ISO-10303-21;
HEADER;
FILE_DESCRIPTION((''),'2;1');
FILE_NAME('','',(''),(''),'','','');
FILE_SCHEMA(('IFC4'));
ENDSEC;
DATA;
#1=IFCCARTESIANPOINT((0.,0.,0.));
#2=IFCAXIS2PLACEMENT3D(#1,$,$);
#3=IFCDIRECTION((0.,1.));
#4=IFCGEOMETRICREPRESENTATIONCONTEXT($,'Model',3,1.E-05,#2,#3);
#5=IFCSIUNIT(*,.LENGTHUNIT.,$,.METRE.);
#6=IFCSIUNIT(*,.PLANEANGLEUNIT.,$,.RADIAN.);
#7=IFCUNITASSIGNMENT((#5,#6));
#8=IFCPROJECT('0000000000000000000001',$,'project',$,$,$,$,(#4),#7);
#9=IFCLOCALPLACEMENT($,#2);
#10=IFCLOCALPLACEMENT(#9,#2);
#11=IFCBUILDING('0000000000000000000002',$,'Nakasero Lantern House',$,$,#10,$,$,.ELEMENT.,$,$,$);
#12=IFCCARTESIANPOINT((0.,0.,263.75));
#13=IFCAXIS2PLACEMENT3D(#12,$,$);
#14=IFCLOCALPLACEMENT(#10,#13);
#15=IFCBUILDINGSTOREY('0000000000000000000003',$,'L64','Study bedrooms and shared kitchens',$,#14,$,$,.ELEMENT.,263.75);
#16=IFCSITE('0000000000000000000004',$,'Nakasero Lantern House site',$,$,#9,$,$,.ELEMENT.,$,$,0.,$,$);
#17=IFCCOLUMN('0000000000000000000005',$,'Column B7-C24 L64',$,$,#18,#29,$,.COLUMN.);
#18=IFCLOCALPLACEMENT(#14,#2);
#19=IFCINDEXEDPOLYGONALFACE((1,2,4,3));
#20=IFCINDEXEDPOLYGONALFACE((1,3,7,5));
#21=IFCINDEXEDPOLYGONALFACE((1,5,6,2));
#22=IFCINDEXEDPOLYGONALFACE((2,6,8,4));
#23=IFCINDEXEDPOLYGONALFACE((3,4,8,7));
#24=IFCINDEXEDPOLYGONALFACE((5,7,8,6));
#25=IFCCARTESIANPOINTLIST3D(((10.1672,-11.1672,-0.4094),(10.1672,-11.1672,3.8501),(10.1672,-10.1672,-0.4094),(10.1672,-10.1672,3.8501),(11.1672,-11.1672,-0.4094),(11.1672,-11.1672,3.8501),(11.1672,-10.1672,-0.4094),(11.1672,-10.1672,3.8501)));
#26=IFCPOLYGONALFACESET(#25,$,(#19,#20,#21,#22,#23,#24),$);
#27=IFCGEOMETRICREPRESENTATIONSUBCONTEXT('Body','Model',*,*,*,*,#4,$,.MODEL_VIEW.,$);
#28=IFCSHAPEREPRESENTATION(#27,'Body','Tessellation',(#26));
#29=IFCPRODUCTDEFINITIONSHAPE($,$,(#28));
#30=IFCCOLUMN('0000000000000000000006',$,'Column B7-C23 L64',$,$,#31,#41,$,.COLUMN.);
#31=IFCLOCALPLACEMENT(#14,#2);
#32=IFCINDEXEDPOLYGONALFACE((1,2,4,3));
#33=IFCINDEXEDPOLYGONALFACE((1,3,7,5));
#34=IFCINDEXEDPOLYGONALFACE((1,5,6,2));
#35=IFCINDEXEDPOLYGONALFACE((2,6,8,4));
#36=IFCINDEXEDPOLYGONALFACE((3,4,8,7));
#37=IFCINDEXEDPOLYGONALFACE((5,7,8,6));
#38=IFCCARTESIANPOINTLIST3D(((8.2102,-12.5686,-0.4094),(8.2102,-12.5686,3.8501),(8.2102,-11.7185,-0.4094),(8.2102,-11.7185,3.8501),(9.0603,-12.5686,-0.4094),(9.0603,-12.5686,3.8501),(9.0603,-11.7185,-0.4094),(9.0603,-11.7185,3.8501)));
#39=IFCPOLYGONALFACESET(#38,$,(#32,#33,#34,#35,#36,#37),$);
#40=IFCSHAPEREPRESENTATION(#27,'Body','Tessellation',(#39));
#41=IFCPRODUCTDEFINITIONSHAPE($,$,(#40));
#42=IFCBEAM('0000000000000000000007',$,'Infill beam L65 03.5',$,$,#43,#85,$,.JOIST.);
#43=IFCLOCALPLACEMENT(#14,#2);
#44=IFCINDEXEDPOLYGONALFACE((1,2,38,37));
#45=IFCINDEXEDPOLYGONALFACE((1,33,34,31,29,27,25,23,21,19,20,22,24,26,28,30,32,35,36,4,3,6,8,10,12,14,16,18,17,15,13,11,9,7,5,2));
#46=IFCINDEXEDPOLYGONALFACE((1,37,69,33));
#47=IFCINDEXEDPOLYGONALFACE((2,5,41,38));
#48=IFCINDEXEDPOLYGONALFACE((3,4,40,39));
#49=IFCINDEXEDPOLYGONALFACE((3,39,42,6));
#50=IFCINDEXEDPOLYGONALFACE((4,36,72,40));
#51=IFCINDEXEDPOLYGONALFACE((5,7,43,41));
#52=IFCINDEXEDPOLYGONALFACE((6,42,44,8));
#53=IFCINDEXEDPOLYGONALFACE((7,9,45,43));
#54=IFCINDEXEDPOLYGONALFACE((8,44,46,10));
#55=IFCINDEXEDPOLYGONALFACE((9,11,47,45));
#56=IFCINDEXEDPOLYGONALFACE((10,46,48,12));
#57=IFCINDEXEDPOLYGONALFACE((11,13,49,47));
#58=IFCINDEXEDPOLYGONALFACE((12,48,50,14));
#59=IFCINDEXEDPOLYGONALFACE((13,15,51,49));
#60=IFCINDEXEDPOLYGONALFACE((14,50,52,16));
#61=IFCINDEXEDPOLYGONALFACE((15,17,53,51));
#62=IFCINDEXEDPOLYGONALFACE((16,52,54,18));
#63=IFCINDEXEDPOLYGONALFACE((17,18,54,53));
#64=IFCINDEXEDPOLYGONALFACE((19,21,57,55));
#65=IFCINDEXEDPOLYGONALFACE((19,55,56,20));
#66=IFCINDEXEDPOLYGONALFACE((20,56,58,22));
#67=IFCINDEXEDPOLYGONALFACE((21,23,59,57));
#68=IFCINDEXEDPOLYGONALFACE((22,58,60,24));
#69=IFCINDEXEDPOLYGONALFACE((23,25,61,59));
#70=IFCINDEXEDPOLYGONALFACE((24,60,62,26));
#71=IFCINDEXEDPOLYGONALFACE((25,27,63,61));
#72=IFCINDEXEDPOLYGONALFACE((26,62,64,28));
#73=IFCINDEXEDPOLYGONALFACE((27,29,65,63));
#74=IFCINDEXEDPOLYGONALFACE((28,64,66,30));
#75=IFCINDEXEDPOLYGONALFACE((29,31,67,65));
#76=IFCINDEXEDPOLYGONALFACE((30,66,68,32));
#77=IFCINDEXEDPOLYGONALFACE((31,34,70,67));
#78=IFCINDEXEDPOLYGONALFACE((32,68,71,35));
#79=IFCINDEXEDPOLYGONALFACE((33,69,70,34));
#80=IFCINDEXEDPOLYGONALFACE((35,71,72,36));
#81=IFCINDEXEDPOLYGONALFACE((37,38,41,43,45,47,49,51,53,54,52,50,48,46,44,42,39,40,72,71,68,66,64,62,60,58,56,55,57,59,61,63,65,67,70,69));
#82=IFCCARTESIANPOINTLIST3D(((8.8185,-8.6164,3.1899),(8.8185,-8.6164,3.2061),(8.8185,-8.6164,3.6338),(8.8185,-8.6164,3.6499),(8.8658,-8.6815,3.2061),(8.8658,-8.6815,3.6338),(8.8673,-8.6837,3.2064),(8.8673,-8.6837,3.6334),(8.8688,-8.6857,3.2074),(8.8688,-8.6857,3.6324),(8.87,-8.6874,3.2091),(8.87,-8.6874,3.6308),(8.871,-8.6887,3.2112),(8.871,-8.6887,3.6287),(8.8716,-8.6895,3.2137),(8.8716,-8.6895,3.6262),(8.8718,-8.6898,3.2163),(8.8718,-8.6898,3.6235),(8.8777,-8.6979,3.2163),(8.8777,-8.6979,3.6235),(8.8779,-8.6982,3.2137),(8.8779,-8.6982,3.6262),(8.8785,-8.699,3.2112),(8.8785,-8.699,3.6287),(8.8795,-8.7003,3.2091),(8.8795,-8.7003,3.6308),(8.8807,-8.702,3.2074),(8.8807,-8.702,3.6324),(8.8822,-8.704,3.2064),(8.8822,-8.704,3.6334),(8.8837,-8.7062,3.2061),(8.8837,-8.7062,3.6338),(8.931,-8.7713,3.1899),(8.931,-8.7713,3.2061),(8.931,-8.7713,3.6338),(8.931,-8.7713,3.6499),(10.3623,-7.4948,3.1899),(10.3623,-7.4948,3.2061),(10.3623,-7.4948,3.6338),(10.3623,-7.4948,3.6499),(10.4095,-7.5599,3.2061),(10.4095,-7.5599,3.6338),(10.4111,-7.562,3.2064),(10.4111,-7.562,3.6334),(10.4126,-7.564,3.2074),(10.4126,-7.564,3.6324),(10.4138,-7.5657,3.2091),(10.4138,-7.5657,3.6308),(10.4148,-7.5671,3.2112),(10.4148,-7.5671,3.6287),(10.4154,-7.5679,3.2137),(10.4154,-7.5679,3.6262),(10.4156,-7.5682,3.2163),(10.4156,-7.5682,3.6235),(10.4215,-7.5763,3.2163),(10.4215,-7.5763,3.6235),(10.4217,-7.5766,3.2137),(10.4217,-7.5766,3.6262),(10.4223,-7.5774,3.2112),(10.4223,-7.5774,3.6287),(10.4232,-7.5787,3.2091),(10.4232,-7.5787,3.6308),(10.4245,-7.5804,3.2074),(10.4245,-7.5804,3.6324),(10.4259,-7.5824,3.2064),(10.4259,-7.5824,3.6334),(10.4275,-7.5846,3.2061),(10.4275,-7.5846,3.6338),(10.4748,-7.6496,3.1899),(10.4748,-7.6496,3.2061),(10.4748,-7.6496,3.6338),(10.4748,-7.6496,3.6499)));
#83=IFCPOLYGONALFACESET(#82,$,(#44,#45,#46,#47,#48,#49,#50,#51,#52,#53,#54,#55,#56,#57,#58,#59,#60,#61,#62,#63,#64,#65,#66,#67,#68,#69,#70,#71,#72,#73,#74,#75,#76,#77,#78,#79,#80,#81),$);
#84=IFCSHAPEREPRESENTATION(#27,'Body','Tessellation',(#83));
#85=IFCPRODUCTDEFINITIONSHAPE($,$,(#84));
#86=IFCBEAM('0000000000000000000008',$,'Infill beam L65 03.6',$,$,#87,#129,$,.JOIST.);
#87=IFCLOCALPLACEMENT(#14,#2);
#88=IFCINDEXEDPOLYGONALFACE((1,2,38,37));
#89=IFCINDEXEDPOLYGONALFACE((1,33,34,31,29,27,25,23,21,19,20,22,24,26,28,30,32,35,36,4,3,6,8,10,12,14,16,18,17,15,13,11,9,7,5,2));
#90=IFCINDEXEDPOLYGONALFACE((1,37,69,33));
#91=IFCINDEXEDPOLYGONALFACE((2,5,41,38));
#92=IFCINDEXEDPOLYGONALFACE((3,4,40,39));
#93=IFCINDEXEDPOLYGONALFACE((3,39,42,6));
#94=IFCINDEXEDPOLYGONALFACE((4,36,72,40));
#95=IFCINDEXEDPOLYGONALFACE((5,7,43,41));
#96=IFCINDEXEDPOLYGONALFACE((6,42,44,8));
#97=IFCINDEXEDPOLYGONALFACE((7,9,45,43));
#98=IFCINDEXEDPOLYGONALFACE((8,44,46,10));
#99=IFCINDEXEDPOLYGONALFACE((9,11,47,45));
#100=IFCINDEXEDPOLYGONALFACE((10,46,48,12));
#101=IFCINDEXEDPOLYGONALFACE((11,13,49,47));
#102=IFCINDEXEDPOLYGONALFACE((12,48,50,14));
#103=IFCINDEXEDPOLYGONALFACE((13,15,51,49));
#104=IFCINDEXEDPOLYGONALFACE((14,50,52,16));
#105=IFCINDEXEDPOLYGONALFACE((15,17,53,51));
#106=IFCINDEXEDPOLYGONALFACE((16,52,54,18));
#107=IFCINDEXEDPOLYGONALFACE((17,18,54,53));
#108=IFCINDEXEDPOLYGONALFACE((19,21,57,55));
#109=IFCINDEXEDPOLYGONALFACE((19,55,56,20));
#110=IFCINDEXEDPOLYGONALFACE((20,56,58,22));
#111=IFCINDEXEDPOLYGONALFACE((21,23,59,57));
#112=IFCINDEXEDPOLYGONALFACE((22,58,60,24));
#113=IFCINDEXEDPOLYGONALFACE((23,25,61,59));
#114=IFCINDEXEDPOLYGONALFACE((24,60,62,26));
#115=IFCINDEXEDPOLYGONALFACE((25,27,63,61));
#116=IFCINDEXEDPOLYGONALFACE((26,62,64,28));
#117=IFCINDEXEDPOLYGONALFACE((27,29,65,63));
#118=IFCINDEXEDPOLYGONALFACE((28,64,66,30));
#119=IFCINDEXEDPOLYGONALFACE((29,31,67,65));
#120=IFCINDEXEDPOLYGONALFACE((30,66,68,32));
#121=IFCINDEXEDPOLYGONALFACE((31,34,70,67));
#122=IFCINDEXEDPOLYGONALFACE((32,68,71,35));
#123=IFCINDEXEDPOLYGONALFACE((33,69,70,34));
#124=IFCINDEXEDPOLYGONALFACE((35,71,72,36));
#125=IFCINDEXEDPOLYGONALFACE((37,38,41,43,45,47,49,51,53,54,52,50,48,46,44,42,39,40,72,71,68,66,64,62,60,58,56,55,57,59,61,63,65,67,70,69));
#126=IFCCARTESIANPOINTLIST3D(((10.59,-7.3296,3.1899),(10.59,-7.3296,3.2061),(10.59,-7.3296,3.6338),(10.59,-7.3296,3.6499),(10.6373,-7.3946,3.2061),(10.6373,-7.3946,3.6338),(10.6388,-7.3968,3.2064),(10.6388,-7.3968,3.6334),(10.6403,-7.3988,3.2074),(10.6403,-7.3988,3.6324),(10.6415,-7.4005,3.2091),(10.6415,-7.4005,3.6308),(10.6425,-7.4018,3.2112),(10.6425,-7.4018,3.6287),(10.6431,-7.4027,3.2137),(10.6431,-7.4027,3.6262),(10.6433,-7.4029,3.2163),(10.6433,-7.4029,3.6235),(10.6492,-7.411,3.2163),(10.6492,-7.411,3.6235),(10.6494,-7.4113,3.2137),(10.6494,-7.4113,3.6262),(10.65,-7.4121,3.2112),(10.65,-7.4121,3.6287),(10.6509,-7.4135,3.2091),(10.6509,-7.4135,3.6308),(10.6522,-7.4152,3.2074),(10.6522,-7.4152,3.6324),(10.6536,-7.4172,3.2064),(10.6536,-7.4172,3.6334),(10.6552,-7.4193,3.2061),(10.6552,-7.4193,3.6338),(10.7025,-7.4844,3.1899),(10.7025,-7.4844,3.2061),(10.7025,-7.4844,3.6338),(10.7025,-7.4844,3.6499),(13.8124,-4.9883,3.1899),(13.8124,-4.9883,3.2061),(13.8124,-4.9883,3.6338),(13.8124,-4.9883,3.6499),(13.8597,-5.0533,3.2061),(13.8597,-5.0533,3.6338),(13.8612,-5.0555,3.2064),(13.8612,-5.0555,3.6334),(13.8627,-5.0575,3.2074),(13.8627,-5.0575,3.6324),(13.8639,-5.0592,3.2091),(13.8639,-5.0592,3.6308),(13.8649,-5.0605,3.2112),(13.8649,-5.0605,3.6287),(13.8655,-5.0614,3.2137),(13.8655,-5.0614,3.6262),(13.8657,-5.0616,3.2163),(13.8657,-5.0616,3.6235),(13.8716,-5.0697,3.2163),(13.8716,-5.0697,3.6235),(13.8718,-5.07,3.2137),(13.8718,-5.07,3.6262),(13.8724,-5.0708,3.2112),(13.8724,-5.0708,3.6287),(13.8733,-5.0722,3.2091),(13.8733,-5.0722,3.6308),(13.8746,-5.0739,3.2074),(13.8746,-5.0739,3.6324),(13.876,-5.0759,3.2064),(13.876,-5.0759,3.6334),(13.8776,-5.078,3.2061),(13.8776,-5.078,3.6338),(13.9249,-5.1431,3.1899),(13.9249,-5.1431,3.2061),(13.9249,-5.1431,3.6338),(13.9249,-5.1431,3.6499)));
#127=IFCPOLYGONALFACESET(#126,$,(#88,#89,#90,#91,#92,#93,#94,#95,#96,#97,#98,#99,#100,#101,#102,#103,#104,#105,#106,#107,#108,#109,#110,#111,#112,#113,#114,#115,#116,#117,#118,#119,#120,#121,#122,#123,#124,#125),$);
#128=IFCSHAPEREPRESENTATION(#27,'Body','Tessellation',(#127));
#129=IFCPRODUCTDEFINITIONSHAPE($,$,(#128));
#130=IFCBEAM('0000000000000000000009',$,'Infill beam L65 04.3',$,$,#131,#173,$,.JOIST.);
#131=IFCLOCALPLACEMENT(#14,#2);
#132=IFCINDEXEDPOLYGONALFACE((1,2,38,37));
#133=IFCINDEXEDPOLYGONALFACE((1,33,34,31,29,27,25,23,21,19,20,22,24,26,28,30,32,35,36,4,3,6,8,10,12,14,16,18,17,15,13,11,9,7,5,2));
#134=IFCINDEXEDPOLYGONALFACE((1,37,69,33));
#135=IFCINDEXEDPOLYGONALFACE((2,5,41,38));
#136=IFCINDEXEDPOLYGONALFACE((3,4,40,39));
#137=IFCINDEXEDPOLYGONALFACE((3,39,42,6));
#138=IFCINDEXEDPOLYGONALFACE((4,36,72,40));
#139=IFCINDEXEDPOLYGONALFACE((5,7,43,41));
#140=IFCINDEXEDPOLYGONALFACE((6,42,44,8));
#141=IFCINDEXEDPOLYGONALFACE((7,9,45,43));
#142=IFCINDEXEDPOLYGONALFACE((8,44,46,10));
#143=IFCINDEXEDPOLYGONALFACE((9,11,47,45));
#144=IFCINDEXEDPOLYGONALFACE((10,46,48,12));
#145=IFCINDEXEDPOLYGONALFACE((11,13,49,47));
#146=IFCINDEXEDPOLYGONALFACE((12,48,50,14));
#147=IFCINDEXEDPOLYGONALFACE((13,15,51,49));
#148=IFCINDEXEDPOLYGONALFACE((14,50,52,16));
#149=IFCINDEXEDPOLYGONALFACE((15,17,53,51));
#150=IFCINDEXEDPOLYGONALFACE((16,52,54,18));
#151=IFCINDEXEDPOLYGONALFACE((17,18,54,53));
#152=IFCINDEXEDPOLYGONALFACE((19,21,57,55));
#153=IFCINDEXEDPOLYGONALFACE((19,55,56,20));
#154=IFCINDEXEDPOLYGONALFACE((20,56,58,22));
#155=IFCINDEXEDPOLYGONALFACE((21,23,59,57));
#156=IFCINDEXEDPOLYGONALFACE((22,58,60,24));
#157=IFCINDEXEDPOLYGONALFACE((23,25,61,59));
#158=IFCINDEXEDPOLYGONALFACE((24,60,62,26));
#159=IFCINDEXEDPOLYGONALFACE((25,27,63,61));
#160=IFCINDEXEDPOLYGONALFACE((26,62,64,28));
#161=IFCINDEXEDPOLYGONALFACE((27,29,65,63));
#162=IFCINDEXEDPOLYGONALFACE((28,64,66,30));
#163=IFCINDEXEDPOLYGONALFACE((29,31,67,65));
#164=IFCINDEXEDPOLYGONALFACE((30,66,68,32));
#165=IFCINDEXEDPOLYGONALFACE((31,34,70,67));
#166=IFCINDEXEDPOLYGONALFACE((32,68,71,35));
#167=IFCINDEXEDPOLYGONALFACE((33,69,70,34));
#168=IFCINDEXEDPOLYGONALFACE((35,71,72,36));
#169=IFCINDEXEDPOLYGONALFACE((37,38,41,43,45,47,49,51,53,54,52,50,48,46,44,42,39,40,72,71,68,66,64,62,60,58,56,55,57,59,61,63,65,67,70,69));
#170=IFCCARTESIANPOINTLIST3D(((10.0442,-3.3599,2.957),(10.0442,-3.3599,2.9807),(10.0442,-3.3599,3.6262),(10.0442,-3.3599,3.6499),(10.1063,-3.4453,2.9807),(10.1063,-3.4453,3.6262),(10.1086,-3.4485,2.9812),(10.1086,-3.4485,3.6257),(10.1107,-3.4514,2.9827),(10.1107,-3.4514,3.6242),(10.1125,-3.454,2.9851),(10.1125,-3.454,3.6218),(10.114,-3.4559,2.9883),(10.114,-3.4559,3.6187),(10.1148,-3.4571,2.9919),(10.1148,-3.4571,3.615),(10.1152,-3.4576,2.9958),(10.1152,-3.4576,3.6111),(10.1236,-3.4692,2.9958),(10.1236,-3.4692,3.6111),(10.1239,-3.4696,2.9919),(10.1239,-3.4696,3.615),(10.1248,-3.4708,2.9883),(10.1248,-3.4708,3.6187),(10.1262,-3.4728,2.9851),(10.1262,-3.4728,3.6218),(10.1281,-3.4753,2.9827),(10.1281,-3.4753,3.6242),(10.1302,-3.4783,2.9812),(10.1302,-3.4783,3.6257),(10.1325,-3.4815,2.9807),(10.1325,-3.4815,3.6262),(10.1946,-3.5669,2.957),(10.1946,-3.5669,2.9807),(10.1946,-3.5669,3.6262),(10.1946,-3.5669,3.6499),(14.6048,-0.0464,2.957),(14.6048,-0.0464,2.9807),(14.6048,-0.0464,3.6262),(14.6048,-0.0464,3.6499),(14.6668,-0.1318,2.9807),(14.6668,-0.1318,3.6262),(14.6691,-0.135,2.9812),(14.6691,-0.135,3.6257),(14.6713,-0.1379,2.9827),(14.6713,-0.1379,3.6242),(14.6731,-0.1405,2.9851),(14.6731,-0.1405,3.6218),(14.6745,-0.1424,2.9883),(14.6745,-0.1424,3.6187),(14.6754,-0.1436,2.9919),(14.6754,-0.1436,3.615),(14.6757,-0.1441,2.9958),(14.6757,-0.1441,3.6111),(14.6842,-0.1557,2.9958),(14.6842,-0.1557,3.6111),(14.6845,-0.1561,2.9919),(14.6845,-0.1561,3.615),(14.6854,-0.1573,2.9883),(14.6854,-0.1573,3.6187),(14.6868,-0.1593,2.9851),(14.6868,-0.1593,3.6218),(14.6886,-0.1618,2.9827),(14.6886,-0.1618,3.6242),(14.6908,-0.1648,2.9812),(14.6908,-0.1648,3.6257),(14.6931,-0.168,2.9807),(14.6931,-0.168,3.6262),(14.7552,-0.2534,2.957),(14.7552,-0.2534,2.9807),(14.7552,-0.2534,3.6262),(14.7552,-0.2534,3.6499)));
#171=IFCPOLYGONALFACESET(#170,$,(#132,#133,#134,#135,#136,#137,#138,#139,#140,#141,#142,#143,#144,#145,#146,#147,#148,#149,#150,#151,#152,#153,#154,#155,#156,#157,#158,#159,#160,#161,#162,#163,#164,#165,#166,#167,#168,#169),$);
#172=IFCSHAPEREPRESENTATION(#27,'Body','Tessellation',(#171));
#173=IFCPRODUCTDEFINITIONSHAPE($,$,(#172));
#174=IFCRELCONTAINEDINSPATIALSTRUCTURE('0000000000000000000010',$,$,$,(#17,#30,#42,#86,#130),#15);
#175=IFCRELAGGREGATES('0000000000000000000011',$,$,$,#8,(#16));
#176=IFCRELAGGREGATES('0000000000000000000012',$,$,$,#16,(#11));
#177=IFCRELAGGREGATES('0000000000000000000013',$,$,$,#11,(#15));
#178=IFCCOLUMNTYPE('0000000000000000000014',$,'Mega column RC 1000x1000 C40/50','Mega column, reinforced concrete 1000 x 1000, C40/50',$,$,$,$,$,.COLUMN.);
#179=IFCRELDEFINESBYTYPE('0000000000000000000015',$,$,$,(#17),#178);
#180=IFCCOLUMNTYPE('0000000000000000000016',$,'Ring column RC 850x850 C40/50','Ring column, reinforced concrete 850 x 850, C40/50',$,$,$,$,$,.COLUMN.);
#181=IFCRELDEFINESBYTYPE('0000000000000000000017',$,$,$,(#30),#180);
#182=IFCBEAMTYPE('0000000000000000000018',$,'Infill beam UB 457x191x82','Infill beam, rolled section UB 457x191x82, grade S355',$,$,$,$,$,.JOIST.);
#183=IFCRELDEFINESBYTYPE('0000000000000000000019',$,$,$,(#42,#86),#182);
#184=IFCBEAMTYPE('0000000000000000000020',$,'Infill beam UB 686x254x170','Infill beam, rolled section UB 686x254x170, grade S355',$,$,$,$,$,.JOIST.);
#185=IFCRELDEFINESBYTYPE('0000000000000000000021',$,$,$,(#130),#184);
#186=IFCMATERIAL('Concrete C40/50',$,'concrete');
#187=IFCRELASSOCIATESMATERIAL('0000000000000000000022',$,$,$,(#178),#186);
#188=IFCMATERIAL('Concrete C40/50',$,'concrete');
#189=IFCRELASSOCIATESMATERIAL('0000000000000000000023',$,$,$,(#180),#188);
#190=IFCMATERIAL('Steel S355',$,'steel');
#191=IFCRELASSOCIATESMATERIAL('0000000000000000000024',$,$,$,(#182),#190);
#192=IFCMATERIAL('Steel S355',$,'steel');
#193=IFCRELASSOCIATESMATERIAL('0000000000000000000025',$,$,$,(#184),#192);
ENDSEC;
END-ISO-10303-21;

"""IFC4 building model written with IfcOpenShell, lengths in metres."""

from ifc_helpers import new_model, si_unit, direction, frame, origin, origin_2d, place, context, subcontext, project, spatial, rectangle, i_section, extrude, material, material_profile, profile_set, type_object, element, save


model = new_model("IFC4")

# Units and contexts
model_context = context("Model", 3, precision=1e-05, world=origin(), true_north=direction((0.0, 1.0)))
body_context = subcontext(model_context, "Body", "Model", "MODEL_VIEW")
ifc_project = project(units=[si_unit("LENGTHUNIT", "METRE"), si_unit("PLANEANGLEUNIT", "RADIAN")], contexts=[model_context])

# Site, building, storey
site_placement = place(None, origin())
site = spatial("IfcSite", under=ifc_project, at=site_placement, Name="Nakasero Lantern House site", CompositionType="ELEMENT", RefElevation=0.0)
building_placement = place(site_placement, origin())
building = spatial("IfcBuilding", under=site, at=building_placement, Name="Nakasero Lantern House", CompositionType="ELEMENT")
storey_placement = place(building_placement, frame((0.0, 0.0, 263.75)))
storey = spatial("IfcBuildingStorey", under=building, at=storey_placement, Name="L64", Description="Study bedrooms and shared kitchens", CompositionType="ELEMENT", Elevation=263.75)

# Columns
ifc_material_1 = material(Name="Concrete C40/50", Category="concrete")
ifc_material_profile_1 = material_profile(ifc_material_1, rectangle(XDim=1.0, YDim=1.0, at=origin_2d()), Name="RC 1000x1000")
ifc_profile_set_1 = profile_set([ifc_material_profile_1], Name="Concrete C40/50")
column_type_1 = type_object("IfcColumnType", Name="Mega column RC 1000x1000 C40/50", Description="Mega column, reinforced concrete 1000 x 1000, C40/50", PredefinedType="COLUMN", material=ifc_profile_set_1)
column_1_placement = place(storey_placement, frame((10.6672, -10.6672, -0.4094), z_axis=(0.0, 0.0, 1.0), x_axis=(1.0, 0.0, 0.0)))
element("IfcColumn", 1, at=column_1_placement, inside=storey, type_object=column_type_1, Name="Column B7-C24 L64", PredefinedType="COLUMN", context=body_context, shape_type="SweptSolid", body=[
    extrude(rectangle(XDim=1.0, YDim=1.0, at=origin_2d()), origin(), (0.0, 0.0, 1.0), 4.2595),
])
ifc_material_2 = material(Name="Concrete C40/50", Category="concrete")
ifc_material_profile_2 = material_profile(ifc_material_2, rectangle(XDim=0.8501, YDim=0.8501, at=origin_2d()), Name="RC 850x850")
ifc_profile_set_2 = profile_set([ifc_material_profile_2], Name="Concrete C40/50")
column_type_2 = type_object("IfcColumnType", Name="Ring column RC 850x850 C40/50", Description="Ring column, reinforced concrete 850 x 850, C40/50", PredefinedType="COLUMN", material=ifc_profile_set_2)
column_2_placement = place(storey_placement, frame((8.6353, -12.1436, -0.4094), z_axis=(0.0, 0.0, 1.0), x_axis=(1.0, 0.0, 0.0)))
element("IfcColumn", 2, at=column_2_placement, inside=storey, type_object=column_type_2, Name="Column B7-C23 L64", PredefinedType="COLUMN", context=body_context, shape_type="SweptSolid", body=[
    extrude(rectangle(XDim=0.8501, YDim=0.8501, at=origin_2d()), origin(), (0.0, 0.0, 1.0), 4.2595),
])

# Beams
ifc_material_3 = material(Name="Steel S355", Category="steel")
ifc_material_profile_3 = material_profile(ifc_material_3, i_section(OverallWidth=0.1914, OverallDepth=0.46, WebThickness=0.01, FlangeThickness=0.0161, FilletRadius=0.0103, at=origin_2d()), Name="UB 457x191x82")
ifc_profile_set_3 = profile_set([ifc_material_profile_3], Name="Steel S355")
beam_type_1 = type_object("IfcBeamType", Name="Infill beam UB 457x191x82", Description="Infill beam, rolled section UB 457x191x82, grade S355", PredefinedType="JOIST", material=ifc_profile_set_3)
beam_1_placement = place(storey_placement, frame((8.8748, -8.6938, 3.4199), z_axis=(0.809013, 0.587791, 0.0), x_axis=(-0.587791, 0.809013, 0.0)))
element("IfcBeam", 3, at=beam_1_placement, inside=storey, type_object=beam_type_1, Name="Infill beam L65 03.5", PredefinedType="JOIST", context=body_context, shape_type="SweptSolid", body=[
    extrude(i_section(OverallWidth=0.1914, OverallDepth=0.46, WebThickness=0.01, FlangeThickness=0.0161, FilletRadius=0.0103, at=origin_2d()), origin(), (0.0, 0.0, 1.0), 1.9082),
])
beam_2_placement = place(storey_placement, frame((10.6462, -7.407, 3.4199), z_axis=(0.809006, 0.5878, 0.0), x_axis=(-0.5878, 0.809006, 0.0)))
element("IfcBeam", 4, at=beam_2_placement, inside=storey, type_object=beam_type_1, Name="Infill beam L65 03.6", PredefinedType="JOIST", context=body_context, shape_type="SweptSolid", body=[
    extrude(i_section(OverallWidth=0.1914, OverallDepth=0.46, WebThickness=0.01, FlangeThickness=0.0161, FilletRadius=0.0103, at=origin_2d()), origin(), (0.0, 0.0, 1.0), 3.9832),
])
ifc_material_4 = material(Name="Steel S355", Category="steel")
ifc_material_profile_4 = material_profile(ifc_material_4, i_section(OverallWidth=0.2559, OverallDepth=0.6929, WebThickness=0.0144, FlangeThickness=0.0237, FilletRadius=0.0151, at=origin_2d()), Name="UB 686x254x170")
ifc_profile_set_4 = profile_set([ifc_material_profile_4], Name="Steel S355")
beam_type_2 = type_object("IfcBeamType", Name="Infill beam UB 686x254x170", Description="Infill beam, rolled section UB 686x254x170, grade S355", PredefinedType="JOIST", material=ifc_profile_set_4)
beam_3_placement = place(storey_placement, frame((10.1194, -3.4634, 3.3035), z_axis=(0.809013, 0.587791, 0.0), x_axis=(-0.587791, 0.809013, 0.0)))
element("IfcBeam", 5, at=beam_3_placement, inside=storey, type_object=beam_type_2, Name="Infill beam L65 04.3", PredefinedType="JOIST", context=body_context, shape_type="SweptSolid", body=[
    extrude(i_section(OverallWidth=0.2559, OverallDepth=0.6929, WebThickness=0.0144, FlangeThickness=0.0237, FilletRadius=0.0151, at=origin_2d()), origin(), (0.0, 0.0, 1.0), 5.6372),
])

save(model, "model.ifc")
